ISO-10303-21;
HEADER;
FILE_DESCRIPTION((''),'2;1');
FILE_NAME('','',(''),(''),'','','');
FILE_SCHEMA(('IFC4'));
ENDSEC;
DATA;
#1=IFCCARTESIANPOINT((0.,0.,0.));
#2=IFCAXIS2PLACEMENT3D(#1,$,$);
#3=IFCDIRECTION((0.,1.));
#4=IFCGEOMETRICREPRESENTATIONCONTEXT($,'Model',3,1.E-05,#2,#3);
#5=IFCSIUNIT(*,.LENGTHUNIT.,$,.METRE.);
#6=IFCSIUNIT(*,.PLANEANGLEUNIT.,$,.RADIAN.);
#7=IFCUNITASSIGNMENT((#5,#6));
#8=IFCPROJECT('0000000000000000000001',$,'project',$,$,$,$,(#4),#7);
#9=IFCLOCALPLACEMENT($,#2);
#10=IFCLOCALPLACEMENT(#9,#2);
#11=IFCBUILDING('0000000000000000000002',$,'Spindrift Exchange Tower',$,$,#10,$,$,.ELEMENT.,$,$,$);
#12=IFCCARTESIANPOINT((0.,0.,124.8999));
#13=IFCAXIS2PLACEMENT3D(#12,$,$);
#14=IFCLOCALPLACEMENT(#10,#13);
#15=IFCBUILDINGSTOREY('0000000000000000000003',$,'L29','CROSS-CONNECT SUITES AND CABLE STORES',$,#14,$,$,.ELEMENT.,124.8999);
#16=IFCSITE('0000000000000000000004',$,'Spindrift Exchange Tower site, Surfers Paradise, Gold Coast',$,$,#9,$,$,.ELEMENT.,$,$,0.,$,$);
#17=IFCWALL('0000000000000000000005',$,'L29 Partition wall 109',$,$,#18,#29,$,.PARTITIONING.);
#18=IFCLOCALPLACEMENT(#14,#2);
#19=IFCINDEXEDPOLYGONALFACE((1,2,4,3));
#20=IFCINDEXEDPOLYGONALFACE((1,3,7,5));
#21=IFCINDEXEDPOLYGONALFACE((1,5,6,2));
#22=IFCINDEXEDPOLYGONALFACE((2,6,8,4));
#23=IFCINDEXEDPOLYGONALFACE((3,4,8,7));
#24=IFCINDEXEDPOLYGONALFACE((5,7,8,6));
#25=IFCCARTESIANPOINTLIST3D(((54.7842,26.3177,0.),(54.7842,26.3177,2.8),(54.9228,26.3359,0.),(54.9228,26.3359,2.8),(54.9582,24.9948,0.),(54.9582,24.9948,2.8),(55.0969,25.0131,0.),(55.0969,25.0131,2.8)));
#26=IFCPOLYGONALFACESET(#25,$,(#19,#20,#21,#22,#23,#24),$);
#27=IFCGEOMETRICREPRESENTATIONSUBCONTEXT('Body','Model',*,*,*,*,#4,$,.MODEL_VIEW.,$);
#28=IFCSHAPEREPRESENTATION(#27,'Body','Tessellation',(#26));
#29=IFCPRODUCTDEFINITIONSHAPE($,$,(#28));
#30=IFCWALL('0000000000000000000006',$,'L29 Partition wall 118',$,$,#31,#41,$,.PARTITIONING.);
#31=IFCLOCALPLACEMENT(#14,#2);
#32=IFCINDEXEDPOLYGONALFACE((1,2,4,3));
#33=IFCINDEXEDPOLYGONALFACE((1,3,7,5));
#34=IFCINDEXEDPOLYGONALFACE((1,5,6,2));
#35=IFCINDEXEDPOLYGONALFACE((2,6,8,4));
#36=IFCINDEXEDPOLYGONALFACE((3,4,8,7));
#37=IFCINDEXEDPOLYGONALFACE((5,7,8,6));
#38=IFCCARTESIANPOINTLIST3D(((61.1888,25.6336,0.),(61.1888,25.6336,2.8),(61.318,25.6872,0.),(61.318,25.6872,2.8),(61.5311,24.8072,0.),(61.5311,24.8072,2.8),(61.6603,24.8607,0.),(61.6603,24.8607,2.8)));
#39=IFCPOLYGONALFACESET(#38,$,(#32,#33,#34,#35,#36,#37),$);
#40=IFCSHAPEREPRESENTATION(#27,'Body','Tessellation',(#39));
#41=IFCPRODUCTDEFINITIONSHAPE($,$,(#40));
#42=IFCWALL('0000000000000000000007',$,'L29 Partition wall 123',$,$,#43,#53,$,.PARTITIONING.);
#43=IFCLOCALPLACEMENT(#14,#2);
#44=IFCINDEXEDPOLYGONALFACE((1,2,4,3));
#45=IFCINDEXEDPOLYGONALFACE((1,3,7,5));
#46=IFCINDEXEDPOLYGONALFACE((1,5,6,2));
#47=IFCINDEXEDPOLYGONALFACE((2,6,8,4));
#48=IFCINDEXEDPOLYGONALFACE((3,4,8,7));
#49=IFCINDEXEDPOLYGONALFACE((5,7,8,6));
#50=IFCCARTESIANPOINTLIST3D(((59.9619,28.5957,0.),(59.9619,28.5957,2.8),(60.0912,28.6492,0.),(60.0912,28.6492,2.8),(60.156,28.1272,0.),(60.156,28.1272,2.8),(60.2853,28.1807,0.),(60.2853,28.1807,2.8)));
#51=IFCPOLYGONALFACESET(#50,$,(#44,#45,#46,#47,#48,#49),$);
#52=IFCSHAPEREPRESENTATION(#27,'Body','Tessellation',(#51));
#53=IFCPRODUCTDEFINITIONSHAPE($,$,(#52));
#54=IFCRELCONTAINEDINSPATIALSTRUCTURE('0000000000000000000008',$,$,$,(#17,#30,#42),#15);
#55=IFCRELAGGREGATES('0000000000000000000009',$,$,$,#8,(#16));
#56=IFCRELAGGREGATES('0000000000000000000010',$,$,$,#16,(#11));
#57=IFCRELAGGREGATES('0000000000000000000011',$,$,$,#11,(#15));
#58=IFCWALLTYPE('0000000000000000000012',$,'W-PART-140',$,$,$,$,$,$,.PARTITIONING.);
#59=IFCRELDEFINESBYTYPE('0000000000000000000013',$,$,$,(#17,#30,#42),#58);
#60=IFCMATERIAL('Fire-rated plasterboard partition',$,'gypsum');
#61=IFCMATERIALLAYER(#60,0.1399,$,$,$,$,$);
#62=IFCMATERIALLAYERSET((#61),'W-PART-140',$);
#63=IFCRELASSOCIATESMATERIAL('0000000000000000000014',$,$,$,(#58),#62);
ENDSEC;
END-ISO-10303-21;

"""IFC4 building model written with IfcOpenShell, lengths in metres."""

from ifc_helpers import new_model, si_unit, direction, frame, frame_2d, origin, place, context, subcontext, project, spatial, rectangle, extrude, material, layer, layer_set, type_object, element, save


model = new_model("IFC4")

# Units and contexts
model_context = context("Model", 3, precision=1e-05, world=origin(), true_north=direction((0.0, 1.0)))
body_context = subcontext(model_context, "Body", "Model", "MODEL_VIEW")
ifc_project = project(units=[si_unit("LENGTHUNIT", "METRE"), si_unit("PLANEANGLEUNIT", "RADIAN")], contexts=[model_context])

# Site, building, storey
site_placement = place(None, origin())
site = spatial("IfcSite", under=ifc_project, at=site_placement, Name="Spindrift Exchange Tower site, Surfers Paradise, Gold Coast", CompositionType="ELEMENT", RefElevation=0.0)
building_placement = place(site_placement, origin())
building = spatial("IfcBuilding", under=site, at=building_placement, Name="Spindrift Exchange Tower", CompositionType="ELEMENT")
storey_placement = place(building_placement, frame((0.0, 0.0, 124.8999)))
storey = spatial("IfcBuildingStorey", under=building, at=storey_placement, Name="L29", Description="CROSS-CONNECT SUITES AND CABLE STORES", CompositionType="ELEMENT", Elevation=124.8999)

# Shared definitions
ifc_material_1 = material(Name="Fire-rated plasterboard partition", Category="gypsum")
ifc_layer_1 = layer(ifc_material_1, 0.1399)
ifc_layer_set_1 = layer_set([ifc_layer_1], Name="W-PART-140")
wall_type = type_object("IfcWallType", Name="W-PART-140", PredefinedType="PARTITIONING", material=ifc_layer_set_1)

# Walls
wall_1_placement = place(storey_placement, frame((54.8535, 26.3267, 0.0), z_axis=(0.0, 0.0, 1.0), x_axis=(0.130473, -0.991452, 0.0)))
element("IfcWall", 1, at=wall_1_placement, inside=storey, type_object=wall_type, Name="L29 Partition wall 109", PredefinedType="PARTITIONING", context=body_context, shape_type="SweptSolid", body=[
    extrude(rectangle(XDim=1.3342, YDim=0.1399, at=frame_2d((0.667, 0.0))), origin(), (0.0, 0.0, 1.0), 2.8),
])
wall_2_placement = place(storey_placement, frame((61.2534, 25.6604, 0.0), z_axis=(0.0, 0.0, 1.0), x_axis=(0.382657, -0.92389, 0.0)))
element("IfcWall", 2, at=wall_2_placement, inside=storey, type_object=wall_type, Name="L29 Partition wall 118", PredefinedType="PARTITIONING", context=body_context, shape_type="SweptSolid", body=[
    extrude(rectangle(XDim=0.8945, YDim=0.1399, at=frame_2d((0.4473, 0.0))), origin(), (0.0, 0.0, 1.0), 2.8),
])
wall_3_placement = place(storey_placement, frame((60.0266, 28.6223, 0.0), z_axis=(0.0, 0.0, 1.0), x_axis=(0.382734, -0.923858, 0.0)))
element("IfcWall", 3, at=wall_3_placement, inside=storey, type_object=wall_type, Name="L29 Partition wall 123", PredefinedType="PARTITIONING", context=body_context, shape_type="SweptSolid", body=[
    extrude(rectangle(XDim=0.5071, YDim=0.1399, at=frame_2d((0.2534, 0.0))), origin(), (0.0, 0.0, 1.0), 2.8),
])

save(model, "model.ifc")
